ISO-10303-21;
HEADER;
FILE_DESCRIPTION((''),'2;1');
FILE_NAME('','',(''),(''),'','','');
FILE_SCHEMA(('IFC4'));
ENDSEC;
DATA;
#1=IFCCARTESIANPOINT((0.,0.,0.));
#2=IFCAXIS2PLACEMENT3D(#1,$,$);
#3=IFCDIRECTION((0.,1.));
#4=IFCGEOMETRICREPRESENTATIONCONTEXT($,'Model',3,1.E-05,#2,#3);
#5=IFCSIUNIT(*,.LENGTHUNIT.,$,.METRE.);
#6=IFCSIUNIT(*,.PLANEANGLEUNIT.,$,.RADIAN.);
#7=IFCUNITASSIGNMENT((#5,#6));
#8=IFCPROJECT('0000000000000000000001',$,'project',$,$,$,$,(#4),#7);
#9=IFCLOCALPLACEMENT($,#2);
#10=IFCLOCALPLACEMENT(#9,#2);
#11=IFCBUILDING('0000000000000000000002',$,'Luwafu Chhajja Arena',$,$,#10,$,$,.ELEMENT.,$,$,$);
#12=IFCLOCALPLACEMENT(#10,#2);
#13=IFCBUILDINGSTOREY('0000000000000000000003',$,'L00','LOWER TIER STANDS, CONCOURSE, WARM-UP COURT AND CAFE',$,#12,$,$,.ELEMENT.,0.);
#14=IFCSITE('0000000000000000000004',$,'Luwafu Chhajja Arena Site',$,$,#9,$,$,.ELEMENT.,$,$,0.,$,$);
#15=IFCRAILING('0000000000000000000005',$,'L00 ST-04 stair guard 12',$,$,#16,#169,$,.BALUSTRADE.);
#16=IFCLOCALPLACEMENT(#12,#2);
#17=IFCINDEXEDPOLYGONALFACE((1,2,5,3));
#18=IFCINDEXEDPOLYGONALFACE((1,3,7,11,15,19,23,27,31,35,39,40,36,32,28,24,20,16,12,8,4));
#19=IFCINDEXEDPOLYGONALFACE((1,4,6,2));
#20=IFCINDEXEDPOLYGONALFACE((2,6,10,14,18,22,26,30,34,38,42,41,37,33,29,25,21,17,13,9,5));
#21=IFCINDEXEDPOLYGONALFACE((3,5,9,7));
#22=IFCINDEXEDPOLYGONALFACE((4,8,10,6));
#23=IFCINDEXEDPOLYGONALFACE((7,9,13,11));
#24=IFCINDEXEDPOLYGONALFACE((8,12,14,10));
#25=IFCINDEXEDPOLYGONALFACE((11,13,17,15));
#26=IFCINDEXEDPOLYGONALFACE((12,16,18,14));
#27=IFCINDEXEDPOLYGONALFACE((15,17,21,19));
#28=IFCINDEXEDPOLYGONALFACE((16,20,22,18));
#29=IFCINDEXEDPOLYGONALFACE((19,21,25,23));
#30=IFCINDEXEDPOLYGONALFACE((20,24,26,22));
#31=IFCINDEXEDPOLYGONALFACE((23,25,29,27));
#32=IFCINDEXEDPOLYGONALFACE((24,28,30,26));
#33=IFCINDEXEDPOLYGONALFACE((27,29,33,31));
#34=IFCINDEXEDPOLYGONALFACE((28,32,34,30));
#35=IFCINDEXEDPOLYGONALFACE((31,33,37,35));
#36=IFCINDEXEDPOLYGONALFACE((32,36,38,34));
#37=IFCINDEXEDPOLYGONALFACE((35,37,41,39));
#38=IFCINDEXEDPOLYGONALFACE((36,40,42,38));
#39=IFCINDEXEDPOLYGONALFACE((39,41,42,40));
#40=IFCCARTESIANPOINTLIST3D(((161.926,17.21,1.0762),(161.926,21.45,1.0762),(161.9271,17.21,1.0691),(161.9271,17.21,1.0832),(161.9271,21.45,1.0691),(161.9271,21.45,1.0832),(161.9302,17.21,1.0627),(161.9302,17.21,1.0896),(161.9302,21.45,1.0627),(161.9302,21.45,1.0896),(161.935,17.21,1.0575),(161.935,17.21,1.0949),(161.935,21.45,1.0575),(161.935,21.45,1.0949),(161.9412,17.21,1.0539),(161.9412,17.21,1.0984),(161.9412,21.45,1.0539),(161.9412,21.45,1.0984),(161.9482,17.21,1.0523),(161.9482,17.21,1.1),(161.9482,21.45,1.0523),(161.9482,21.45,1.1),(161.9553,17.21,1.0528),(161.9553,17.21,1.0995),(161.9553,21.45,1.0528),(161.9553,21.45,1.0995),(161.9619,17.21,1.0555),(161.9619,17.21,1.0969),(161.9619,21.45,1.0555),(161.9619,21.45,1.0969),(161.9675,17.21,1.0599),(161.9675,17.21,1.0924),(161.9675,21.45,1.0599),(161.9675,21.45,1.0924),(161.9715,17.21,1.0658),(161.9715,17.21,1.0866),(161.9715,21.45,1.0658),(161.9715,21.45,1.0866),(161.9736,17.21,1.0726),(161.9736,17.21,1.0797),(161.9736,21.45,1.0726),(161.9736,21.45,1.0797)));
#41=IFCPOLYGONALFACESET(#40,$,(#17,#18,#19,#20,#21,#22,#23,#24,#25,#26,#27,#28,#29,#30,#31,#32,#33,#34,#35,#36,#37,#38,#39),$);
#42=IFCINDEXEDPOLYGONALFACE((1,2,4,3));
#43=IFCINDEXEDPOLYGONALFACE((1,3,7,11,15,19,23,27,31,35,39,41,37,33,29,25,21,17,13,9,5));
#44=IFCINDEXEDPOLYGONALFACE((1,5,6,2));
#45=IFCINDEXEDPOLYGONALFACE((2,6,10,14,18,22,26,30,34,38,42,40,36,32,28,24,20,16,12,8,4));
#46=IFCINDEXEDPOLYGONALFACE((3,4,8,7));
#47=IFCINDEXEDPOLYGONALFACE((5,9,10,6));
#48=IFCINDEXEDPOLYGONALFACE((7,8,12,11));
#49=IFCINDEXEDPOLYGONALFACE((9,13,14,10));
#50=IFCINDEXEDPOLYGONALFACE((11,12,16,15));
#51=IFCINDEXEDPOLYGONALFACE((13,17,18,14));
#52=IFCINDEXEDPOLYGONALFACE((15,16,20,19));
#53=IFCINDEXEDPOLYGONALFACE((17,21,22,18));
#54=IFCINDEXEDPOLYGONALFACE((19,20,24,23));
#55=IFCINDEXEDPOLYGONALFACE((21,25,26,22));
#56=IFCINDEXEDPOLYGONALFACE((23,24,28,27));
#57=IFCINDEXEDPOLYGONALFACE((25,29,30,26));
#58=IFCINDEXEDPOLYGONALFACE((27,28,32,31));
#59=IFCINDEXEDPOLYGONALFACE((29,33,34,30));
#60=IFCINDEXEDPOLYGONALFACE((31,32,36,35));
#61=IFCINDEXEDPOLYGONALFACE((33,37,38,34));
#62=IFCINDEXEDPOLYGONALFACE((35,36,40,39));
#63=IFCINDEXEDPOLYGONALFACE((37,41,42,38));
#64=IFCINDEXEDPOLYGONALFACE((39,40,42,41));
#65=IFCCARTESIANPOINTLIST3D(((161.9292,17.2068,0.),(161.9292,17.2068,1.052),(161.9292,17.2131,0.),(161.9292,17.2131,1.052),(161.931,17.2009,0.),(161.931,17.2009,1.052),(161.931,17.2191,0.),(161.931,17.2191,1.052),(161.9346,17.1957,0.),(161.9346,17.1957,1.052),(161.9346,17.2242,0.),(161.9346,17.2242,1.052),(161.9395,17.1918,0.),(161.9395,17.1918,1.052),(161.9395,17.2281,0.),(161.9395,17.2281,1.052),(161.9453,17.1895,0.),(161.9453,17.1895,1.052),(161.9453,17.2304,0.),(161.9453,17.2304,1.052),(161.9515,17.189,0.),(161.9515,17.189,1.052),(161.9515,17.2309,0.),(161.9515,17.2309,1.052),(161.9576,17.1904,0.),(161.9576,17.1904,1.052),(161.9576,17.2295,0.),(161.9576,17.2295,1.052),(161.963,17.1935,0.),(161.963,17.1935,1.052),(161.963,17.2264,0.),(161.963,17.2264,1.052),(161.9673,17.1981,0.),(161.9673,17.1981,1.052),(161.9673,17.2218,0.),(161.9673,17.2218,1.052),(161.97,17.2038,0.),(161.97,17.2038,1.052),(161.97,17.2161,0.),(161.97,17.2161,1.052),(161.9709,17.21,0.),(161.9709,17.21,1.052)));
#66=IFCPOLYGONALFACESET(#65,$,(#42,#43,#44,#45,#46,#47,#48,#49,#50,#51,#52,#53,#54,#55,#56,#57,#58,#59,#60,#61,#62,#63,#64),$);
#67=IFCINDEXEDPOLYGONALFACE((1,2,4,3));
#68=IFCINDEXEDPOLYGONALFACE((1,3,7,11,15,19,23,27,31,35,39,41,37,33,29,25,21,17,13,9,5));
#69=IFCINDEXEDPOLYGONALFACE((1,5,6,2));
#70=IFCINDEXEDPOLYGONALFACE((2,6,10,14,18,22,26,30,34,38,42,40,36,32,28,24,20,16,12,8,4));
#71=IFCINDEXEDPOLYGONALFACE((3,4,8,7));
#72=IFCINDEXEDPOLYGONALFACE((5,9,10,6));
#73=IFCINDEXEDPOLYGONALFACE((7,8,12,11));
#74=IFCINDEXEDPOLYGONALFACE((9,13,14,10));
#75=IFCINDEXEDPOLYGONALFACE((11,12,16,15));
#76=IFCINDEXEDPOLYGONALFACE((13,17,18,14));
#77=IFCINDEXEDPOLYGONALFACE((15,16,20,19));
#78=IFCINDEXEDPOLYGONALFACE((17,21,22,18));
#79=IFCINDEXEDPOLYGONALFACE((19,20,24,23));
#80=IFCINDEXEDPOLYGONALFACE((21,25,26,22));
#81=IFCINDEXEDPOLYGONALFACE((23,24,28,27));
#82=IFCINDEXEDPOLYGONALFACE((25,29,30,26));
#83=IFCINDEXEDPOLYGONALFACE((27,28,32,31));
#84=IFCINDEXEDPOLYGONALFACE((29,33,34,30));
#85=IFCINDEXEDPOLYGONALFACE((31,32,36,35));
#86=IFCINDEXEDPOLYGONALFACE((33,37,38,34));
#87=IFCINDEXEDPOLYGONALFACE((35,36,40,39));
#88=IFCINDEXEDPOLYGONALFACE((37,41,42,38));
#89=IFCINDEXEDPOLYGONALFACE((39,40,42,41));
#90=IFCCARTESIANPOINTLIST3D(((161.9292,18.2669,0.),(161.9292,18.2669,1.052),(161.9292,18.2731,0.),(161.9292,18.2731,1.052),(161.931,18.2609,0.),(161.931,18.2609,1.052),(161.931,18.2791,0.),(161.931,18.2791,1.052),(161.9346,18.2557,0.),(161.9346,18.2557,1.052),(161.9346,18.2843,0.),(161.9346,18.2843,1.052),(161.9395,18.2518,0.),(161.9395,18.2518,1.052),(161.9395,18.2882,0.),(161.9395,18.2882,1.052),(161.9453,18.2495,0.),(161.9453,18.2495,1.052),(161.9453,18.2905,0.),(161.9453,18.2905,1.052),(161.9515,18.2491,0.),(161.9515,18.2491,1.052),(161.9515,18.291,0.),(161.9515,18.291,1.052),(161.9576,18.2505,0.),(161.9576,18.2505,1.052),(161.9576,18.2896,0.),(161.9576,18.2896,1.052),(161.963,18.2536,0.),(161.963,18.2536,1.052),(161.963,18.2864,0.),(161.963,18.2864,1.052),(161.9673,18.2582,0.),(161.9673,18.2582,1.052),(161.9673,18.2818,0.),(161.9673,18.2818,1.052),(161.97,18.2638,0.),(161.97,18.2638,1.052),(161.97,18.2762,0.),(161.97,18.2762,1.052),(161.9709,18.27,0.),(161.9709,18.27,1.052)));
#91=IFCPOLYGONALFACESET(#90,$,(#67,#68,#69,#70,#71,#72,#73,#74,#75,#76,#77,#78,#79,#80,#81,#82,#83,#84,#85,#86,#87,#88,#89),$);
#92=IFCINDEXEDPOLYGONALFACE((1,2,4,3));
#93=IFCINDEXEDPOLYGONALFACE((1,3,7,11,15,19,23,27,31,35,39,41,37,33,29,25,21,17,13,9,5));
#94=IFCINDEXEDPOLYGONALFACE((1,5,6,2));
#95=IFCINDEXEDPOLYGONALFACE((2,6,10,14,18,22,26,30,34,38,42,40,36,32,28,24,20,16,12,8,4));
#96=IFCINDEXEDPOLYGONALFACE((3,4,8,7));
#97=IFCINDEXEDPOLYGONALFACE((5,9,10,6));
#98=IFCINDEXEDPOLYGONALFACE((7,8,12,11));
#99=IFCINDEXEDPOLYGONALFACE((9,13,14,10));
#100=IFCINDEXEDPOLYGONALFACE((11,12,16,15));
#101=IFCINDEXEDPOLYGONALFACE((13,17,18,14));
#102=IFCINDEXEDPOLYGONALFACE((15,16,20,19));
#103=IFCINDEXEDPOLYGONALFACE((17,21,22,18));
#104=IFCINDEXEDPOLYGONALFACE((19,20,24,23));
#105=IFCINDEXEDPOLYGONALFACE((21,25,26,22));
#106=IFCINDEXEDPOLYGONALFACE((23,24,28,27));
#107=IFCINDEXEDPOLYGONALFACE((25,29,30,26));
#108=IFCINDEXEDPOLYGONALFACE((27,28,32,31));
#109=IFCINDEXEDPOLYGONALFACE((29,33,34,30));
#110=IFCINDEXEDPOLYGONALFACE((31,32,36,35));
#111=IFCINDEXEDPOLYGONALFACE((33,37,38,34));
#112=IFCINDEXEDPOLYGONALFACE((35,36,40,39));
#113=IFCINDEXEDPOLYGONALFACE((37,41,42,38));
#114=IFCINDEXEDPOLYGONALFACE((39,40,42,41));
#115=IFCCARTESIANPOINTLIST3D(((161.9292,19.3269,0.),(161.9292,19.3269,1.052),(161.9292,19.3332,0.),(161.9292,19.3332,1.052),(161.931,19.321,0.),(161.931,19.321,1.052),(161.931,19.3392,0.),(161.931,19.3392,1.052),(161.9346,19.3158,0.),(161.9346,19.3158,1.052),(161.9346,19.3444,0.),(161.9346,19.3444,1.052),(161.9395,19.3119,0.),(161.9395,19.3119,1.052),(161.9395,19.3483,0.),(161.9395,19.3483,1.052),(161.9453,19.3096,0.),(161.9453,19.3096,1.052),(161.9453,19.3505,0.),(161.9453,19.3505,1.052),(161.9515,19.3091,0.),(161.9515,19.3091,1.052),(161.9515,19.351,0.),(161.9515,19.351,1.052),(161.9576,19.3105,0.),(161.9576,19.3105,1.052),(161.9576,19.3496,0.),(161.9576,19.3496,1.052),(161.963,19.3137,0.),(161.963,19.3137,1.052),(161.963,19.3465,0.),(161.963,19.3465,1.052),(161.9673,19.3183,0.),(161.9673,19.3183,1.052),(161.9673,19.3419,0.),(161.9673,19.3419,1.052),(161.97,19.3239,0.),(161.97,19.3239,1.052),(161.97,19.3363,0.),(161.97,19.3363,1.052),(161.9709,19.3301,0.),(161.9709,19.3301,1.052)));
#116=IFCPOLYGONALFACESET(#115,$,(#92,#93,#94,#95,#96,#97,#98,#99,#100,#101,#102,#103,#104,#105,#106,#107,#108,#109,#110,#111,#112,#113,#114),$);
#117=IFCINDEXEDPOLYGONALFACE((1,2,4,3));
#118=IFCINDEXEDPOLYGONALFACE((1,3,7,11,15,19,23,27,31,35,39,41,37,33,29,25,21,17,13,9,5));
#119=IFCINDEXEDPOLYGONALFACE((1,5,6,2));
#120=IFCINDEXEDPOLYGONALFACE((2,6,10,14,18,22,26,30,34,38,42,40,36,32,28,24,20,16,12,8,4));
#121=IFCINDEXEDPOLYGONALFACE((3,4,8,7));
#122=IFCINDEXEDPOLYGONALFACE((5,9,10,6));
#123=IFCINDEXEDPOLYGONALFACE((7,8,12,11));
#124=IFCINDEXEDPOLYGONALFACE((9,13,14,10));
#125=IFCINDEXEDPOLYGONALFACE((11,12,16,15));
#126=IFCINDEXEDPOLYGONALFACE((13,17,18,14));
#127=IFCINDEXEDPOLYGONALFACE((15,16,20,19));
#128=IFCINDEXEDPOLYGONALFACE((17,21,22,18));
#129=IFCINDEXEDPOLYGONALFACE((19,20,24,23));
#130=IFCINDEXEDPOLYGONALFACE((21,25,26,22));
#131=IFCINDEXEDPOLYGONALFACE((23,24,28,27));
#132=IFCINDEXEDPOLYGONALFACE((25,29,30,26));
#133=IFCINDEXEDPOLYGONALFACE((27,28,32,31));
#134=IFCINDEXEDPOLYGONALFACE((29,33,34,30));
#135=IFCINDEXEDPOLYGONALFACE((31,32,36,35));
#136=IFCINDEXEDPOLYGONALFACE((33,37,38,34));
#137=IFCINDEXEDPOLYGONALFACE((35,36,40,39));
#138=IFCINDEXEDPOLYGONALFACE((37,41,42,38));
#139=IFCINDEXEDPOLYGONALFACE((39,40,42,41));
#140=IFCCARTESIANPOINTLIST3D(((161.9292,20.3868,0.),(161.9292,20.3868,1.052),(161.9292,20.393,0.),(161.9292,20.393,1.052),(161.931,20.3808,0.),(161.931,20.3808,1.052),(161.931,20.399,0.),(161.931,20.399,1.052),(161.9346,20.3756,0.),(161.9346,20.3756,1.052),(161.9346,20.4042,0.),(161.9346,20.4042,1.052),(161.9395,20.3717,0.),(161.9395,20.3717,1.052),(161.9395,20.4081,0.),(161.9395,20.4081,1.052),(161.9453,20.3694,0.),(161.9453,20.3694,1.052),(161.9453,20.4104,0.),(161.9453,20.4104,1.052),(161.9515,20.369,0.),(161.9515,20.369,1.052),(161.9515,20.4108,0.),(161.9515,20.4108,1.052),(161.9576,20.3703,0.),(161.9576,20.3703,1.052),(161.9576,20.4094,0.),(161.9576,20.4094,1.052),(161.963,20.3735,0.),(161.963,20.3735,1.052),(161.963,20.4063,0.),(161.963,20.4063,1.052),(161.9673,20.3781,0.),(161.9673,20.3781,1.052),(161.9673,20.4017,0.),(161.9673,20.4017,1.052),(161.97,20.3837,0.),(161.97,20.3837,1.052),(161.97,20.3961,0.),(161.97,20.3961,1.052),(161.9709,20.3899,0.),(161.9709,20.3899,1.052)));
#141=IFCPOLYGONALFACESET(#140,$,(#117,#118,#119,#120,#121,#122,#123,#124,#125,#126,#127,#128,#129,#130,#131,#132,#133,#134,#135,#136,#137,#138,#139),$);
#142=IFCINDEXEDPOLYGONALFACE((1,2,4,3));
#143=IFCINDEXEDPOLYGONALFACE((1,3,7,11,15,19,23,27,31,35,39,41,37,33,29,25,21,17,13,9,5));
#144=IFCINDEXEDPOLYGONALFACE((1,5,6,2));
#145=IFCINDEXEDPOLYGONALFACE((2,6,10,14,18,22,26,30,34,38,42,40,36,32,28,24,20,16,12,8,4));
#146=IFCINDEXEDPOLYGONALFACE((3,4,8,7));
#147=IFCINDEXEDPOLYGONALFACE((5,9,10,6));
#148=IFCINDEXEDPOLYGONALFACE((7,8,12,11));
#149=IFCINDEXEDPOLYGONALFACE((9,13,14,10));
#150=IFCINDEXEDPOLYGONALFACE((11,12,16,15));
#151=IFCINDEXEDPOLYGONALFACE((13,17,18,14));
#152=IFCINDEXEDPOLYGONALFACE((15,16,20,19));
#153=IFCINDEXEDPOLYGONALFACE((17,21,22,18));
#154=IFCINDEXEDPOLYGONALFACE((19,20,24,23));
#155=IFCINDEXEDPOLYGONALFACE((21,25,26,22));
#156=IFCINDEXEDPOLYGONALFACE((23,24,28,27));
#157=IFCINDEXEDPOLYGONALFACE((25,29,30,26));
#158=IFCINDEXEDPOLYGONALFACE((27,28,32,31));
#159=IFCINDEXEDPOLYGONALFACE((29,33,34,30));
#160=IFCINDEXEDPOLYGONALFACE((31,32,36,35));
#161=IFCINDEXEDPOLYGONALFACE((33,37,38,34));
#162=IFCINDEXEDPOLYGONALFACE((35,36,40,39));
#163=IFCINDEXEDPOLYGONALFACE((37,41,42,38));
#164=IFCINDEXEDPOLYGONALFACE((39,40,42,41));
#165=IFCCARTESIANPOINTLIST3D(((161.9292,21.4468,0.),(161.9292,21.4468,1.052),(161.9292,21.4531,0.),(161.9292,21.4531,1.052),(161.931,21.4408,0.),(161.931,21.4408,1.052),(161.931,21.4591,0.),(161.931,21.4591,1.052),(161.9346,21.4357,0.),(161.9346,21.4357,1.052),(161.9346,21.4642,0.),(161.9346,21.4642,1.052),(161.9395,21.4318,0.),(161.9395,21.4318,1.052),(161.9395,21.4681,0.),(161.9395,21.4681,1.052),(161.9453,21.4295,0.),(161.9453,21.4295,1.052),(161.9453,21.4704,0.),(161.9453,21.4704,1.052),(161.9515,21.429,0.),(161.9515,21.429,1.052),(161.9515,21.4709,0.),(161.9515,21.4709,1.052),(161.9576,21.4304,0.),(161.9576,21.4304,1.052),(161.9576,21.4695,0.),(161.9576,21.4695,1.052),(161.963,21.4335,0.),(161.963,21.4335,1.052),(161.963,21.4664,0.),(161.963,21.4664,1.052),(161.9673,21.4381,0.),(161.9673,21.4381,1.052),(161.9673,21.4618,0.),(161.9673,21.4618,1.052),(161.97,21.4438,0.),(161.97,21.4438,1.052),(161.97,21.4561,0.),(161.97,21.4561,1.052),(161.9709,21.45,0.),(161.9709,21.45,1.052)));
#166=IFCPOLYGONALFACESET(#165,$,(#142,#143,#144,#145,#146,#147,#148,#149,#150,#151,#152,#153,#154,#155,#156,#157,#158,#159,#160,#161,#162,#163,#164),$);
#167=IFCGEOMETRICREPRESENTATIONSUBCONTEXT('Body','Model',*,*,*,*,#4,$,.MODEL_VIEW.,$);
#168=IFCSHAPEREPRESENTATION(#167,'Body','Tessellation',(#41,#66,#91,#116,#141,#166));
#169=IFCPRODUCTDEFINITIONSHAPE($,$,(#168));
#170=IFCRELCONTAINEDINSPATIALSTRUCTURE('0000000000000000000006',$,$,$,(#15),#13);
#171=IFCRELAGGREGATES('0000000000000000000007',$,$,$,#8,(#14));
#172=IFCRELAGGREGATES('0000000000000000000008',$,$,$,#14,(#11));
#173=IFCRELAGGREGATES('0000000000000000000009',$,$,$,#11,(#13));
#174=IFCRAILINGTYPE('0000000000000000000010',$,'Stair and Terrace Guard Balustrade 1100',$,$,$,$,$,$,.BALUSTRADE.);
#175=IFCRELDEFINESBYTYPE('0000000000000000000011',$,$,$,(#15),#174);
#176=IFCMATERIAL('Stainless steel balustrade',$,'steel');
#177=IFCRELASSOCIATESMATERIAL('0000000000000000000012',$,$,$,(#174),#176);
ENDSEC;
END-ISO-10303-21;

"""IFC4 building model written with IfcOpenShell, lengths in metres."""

from ifc_helpers import new_model, si_unit, direction, frame, origin, origin_2d, place, context, subcontext, project, spatial, circle, extrude, material, type_object, element, save


model = new_model("IFC4")

# Units and contexts
model_context = context("Model", 3, precision=1e-05, world=origin(), true_north=direction((0.0, 1.0)))
body_context = subcontext(model_context, "Body", "Model", "MODEL_VIEW")
ifc_project = project(units=[si_unit("LENGTHUNIT", "METRE"), si_unit("PLANEANGLEUNIT", "RADIAN")], contexts=[model_context])

# Site, building, storey
site_placement = place(None, origin())
site = spatial("IfcSite", under=ifc_project, at=site_placement, Name="Luwafu Chhajja Arena Site", CompositionType="ELEMENT", RefElevation=0.0)
building_placement = place(site_placement, origin())
building = spatial("IfcBuilding", under=site, at=building_placement, Name="Luwafu Chhajja Arena", CompositionType="ELEMENT")
storey_placement = place(building_placement, origin())
storey = spatial("IfcBuildingStorey", under=building, at=storey_placement, Name="L00", Description="LOWER TIER STANDS, CONCOURSE, WARM-UP COURT AND CAFE", CompositionType="ELEMENT", Elevation=0.0)

# Railing
ifc_material_1 = material(Name="Stainless steel balustrade", Category="steel")
railing_type = type_object("IfcRailingType", Name="Stair and Terrace Guard Balustrade 1100", PredefinedType="BALUSTRADE", material=ifc_material_1)
for number, where, name in (
    (1, (161.95, 17.21, 0.0), "L00 ST-04 stair guard 12"),
):
    element("IfcRailing", number, at=place(storey_placement, frame(where)), inside=storey, type_object=railing_type, Name=name, PredefinedType="BALUSTRADE", context=body_context, shape_type="SweptSolid", body=[
        extrude(circle(Radius=0.0239, at=origin_2d()), frame((0.0, 0.0, 1.0762), z_axis=(0.0, 1.0, 0.0), x_axis=(-1.0, 0.0, 0.0)), (0.0, 0.0, 1.0), 4.24),
        extrude(circle(Radius=0.021, at=origin_2d()), origin(), (0.0, 0.0, 1.0), 1.052),
        extrude(circle(Radius=0.021, at=origin_2d()), frame((0.0, 1.0601, 0.0)), (0.0, 0.0, 1.0), 1.052),
        extrude(circle(Radius=0.021, at=origin_2d()), frame((0.0, 2.1201, 0.0)), (0.0, 0.0, 1.0), 1.052),
        extrude(circle(Radius=0.021, at=origin_2d()), frame((0.0, 3.1799, 0.0)), (0.0, 0.0, 1.0), 1.052),
        extrude(circle(Radius=0.021, at=origin_2d()), frame((0.0, 4.24, 0.0)), (0.0, 0.0, 1.0), 1.052),
    ])

save(model, "model.ifc")
